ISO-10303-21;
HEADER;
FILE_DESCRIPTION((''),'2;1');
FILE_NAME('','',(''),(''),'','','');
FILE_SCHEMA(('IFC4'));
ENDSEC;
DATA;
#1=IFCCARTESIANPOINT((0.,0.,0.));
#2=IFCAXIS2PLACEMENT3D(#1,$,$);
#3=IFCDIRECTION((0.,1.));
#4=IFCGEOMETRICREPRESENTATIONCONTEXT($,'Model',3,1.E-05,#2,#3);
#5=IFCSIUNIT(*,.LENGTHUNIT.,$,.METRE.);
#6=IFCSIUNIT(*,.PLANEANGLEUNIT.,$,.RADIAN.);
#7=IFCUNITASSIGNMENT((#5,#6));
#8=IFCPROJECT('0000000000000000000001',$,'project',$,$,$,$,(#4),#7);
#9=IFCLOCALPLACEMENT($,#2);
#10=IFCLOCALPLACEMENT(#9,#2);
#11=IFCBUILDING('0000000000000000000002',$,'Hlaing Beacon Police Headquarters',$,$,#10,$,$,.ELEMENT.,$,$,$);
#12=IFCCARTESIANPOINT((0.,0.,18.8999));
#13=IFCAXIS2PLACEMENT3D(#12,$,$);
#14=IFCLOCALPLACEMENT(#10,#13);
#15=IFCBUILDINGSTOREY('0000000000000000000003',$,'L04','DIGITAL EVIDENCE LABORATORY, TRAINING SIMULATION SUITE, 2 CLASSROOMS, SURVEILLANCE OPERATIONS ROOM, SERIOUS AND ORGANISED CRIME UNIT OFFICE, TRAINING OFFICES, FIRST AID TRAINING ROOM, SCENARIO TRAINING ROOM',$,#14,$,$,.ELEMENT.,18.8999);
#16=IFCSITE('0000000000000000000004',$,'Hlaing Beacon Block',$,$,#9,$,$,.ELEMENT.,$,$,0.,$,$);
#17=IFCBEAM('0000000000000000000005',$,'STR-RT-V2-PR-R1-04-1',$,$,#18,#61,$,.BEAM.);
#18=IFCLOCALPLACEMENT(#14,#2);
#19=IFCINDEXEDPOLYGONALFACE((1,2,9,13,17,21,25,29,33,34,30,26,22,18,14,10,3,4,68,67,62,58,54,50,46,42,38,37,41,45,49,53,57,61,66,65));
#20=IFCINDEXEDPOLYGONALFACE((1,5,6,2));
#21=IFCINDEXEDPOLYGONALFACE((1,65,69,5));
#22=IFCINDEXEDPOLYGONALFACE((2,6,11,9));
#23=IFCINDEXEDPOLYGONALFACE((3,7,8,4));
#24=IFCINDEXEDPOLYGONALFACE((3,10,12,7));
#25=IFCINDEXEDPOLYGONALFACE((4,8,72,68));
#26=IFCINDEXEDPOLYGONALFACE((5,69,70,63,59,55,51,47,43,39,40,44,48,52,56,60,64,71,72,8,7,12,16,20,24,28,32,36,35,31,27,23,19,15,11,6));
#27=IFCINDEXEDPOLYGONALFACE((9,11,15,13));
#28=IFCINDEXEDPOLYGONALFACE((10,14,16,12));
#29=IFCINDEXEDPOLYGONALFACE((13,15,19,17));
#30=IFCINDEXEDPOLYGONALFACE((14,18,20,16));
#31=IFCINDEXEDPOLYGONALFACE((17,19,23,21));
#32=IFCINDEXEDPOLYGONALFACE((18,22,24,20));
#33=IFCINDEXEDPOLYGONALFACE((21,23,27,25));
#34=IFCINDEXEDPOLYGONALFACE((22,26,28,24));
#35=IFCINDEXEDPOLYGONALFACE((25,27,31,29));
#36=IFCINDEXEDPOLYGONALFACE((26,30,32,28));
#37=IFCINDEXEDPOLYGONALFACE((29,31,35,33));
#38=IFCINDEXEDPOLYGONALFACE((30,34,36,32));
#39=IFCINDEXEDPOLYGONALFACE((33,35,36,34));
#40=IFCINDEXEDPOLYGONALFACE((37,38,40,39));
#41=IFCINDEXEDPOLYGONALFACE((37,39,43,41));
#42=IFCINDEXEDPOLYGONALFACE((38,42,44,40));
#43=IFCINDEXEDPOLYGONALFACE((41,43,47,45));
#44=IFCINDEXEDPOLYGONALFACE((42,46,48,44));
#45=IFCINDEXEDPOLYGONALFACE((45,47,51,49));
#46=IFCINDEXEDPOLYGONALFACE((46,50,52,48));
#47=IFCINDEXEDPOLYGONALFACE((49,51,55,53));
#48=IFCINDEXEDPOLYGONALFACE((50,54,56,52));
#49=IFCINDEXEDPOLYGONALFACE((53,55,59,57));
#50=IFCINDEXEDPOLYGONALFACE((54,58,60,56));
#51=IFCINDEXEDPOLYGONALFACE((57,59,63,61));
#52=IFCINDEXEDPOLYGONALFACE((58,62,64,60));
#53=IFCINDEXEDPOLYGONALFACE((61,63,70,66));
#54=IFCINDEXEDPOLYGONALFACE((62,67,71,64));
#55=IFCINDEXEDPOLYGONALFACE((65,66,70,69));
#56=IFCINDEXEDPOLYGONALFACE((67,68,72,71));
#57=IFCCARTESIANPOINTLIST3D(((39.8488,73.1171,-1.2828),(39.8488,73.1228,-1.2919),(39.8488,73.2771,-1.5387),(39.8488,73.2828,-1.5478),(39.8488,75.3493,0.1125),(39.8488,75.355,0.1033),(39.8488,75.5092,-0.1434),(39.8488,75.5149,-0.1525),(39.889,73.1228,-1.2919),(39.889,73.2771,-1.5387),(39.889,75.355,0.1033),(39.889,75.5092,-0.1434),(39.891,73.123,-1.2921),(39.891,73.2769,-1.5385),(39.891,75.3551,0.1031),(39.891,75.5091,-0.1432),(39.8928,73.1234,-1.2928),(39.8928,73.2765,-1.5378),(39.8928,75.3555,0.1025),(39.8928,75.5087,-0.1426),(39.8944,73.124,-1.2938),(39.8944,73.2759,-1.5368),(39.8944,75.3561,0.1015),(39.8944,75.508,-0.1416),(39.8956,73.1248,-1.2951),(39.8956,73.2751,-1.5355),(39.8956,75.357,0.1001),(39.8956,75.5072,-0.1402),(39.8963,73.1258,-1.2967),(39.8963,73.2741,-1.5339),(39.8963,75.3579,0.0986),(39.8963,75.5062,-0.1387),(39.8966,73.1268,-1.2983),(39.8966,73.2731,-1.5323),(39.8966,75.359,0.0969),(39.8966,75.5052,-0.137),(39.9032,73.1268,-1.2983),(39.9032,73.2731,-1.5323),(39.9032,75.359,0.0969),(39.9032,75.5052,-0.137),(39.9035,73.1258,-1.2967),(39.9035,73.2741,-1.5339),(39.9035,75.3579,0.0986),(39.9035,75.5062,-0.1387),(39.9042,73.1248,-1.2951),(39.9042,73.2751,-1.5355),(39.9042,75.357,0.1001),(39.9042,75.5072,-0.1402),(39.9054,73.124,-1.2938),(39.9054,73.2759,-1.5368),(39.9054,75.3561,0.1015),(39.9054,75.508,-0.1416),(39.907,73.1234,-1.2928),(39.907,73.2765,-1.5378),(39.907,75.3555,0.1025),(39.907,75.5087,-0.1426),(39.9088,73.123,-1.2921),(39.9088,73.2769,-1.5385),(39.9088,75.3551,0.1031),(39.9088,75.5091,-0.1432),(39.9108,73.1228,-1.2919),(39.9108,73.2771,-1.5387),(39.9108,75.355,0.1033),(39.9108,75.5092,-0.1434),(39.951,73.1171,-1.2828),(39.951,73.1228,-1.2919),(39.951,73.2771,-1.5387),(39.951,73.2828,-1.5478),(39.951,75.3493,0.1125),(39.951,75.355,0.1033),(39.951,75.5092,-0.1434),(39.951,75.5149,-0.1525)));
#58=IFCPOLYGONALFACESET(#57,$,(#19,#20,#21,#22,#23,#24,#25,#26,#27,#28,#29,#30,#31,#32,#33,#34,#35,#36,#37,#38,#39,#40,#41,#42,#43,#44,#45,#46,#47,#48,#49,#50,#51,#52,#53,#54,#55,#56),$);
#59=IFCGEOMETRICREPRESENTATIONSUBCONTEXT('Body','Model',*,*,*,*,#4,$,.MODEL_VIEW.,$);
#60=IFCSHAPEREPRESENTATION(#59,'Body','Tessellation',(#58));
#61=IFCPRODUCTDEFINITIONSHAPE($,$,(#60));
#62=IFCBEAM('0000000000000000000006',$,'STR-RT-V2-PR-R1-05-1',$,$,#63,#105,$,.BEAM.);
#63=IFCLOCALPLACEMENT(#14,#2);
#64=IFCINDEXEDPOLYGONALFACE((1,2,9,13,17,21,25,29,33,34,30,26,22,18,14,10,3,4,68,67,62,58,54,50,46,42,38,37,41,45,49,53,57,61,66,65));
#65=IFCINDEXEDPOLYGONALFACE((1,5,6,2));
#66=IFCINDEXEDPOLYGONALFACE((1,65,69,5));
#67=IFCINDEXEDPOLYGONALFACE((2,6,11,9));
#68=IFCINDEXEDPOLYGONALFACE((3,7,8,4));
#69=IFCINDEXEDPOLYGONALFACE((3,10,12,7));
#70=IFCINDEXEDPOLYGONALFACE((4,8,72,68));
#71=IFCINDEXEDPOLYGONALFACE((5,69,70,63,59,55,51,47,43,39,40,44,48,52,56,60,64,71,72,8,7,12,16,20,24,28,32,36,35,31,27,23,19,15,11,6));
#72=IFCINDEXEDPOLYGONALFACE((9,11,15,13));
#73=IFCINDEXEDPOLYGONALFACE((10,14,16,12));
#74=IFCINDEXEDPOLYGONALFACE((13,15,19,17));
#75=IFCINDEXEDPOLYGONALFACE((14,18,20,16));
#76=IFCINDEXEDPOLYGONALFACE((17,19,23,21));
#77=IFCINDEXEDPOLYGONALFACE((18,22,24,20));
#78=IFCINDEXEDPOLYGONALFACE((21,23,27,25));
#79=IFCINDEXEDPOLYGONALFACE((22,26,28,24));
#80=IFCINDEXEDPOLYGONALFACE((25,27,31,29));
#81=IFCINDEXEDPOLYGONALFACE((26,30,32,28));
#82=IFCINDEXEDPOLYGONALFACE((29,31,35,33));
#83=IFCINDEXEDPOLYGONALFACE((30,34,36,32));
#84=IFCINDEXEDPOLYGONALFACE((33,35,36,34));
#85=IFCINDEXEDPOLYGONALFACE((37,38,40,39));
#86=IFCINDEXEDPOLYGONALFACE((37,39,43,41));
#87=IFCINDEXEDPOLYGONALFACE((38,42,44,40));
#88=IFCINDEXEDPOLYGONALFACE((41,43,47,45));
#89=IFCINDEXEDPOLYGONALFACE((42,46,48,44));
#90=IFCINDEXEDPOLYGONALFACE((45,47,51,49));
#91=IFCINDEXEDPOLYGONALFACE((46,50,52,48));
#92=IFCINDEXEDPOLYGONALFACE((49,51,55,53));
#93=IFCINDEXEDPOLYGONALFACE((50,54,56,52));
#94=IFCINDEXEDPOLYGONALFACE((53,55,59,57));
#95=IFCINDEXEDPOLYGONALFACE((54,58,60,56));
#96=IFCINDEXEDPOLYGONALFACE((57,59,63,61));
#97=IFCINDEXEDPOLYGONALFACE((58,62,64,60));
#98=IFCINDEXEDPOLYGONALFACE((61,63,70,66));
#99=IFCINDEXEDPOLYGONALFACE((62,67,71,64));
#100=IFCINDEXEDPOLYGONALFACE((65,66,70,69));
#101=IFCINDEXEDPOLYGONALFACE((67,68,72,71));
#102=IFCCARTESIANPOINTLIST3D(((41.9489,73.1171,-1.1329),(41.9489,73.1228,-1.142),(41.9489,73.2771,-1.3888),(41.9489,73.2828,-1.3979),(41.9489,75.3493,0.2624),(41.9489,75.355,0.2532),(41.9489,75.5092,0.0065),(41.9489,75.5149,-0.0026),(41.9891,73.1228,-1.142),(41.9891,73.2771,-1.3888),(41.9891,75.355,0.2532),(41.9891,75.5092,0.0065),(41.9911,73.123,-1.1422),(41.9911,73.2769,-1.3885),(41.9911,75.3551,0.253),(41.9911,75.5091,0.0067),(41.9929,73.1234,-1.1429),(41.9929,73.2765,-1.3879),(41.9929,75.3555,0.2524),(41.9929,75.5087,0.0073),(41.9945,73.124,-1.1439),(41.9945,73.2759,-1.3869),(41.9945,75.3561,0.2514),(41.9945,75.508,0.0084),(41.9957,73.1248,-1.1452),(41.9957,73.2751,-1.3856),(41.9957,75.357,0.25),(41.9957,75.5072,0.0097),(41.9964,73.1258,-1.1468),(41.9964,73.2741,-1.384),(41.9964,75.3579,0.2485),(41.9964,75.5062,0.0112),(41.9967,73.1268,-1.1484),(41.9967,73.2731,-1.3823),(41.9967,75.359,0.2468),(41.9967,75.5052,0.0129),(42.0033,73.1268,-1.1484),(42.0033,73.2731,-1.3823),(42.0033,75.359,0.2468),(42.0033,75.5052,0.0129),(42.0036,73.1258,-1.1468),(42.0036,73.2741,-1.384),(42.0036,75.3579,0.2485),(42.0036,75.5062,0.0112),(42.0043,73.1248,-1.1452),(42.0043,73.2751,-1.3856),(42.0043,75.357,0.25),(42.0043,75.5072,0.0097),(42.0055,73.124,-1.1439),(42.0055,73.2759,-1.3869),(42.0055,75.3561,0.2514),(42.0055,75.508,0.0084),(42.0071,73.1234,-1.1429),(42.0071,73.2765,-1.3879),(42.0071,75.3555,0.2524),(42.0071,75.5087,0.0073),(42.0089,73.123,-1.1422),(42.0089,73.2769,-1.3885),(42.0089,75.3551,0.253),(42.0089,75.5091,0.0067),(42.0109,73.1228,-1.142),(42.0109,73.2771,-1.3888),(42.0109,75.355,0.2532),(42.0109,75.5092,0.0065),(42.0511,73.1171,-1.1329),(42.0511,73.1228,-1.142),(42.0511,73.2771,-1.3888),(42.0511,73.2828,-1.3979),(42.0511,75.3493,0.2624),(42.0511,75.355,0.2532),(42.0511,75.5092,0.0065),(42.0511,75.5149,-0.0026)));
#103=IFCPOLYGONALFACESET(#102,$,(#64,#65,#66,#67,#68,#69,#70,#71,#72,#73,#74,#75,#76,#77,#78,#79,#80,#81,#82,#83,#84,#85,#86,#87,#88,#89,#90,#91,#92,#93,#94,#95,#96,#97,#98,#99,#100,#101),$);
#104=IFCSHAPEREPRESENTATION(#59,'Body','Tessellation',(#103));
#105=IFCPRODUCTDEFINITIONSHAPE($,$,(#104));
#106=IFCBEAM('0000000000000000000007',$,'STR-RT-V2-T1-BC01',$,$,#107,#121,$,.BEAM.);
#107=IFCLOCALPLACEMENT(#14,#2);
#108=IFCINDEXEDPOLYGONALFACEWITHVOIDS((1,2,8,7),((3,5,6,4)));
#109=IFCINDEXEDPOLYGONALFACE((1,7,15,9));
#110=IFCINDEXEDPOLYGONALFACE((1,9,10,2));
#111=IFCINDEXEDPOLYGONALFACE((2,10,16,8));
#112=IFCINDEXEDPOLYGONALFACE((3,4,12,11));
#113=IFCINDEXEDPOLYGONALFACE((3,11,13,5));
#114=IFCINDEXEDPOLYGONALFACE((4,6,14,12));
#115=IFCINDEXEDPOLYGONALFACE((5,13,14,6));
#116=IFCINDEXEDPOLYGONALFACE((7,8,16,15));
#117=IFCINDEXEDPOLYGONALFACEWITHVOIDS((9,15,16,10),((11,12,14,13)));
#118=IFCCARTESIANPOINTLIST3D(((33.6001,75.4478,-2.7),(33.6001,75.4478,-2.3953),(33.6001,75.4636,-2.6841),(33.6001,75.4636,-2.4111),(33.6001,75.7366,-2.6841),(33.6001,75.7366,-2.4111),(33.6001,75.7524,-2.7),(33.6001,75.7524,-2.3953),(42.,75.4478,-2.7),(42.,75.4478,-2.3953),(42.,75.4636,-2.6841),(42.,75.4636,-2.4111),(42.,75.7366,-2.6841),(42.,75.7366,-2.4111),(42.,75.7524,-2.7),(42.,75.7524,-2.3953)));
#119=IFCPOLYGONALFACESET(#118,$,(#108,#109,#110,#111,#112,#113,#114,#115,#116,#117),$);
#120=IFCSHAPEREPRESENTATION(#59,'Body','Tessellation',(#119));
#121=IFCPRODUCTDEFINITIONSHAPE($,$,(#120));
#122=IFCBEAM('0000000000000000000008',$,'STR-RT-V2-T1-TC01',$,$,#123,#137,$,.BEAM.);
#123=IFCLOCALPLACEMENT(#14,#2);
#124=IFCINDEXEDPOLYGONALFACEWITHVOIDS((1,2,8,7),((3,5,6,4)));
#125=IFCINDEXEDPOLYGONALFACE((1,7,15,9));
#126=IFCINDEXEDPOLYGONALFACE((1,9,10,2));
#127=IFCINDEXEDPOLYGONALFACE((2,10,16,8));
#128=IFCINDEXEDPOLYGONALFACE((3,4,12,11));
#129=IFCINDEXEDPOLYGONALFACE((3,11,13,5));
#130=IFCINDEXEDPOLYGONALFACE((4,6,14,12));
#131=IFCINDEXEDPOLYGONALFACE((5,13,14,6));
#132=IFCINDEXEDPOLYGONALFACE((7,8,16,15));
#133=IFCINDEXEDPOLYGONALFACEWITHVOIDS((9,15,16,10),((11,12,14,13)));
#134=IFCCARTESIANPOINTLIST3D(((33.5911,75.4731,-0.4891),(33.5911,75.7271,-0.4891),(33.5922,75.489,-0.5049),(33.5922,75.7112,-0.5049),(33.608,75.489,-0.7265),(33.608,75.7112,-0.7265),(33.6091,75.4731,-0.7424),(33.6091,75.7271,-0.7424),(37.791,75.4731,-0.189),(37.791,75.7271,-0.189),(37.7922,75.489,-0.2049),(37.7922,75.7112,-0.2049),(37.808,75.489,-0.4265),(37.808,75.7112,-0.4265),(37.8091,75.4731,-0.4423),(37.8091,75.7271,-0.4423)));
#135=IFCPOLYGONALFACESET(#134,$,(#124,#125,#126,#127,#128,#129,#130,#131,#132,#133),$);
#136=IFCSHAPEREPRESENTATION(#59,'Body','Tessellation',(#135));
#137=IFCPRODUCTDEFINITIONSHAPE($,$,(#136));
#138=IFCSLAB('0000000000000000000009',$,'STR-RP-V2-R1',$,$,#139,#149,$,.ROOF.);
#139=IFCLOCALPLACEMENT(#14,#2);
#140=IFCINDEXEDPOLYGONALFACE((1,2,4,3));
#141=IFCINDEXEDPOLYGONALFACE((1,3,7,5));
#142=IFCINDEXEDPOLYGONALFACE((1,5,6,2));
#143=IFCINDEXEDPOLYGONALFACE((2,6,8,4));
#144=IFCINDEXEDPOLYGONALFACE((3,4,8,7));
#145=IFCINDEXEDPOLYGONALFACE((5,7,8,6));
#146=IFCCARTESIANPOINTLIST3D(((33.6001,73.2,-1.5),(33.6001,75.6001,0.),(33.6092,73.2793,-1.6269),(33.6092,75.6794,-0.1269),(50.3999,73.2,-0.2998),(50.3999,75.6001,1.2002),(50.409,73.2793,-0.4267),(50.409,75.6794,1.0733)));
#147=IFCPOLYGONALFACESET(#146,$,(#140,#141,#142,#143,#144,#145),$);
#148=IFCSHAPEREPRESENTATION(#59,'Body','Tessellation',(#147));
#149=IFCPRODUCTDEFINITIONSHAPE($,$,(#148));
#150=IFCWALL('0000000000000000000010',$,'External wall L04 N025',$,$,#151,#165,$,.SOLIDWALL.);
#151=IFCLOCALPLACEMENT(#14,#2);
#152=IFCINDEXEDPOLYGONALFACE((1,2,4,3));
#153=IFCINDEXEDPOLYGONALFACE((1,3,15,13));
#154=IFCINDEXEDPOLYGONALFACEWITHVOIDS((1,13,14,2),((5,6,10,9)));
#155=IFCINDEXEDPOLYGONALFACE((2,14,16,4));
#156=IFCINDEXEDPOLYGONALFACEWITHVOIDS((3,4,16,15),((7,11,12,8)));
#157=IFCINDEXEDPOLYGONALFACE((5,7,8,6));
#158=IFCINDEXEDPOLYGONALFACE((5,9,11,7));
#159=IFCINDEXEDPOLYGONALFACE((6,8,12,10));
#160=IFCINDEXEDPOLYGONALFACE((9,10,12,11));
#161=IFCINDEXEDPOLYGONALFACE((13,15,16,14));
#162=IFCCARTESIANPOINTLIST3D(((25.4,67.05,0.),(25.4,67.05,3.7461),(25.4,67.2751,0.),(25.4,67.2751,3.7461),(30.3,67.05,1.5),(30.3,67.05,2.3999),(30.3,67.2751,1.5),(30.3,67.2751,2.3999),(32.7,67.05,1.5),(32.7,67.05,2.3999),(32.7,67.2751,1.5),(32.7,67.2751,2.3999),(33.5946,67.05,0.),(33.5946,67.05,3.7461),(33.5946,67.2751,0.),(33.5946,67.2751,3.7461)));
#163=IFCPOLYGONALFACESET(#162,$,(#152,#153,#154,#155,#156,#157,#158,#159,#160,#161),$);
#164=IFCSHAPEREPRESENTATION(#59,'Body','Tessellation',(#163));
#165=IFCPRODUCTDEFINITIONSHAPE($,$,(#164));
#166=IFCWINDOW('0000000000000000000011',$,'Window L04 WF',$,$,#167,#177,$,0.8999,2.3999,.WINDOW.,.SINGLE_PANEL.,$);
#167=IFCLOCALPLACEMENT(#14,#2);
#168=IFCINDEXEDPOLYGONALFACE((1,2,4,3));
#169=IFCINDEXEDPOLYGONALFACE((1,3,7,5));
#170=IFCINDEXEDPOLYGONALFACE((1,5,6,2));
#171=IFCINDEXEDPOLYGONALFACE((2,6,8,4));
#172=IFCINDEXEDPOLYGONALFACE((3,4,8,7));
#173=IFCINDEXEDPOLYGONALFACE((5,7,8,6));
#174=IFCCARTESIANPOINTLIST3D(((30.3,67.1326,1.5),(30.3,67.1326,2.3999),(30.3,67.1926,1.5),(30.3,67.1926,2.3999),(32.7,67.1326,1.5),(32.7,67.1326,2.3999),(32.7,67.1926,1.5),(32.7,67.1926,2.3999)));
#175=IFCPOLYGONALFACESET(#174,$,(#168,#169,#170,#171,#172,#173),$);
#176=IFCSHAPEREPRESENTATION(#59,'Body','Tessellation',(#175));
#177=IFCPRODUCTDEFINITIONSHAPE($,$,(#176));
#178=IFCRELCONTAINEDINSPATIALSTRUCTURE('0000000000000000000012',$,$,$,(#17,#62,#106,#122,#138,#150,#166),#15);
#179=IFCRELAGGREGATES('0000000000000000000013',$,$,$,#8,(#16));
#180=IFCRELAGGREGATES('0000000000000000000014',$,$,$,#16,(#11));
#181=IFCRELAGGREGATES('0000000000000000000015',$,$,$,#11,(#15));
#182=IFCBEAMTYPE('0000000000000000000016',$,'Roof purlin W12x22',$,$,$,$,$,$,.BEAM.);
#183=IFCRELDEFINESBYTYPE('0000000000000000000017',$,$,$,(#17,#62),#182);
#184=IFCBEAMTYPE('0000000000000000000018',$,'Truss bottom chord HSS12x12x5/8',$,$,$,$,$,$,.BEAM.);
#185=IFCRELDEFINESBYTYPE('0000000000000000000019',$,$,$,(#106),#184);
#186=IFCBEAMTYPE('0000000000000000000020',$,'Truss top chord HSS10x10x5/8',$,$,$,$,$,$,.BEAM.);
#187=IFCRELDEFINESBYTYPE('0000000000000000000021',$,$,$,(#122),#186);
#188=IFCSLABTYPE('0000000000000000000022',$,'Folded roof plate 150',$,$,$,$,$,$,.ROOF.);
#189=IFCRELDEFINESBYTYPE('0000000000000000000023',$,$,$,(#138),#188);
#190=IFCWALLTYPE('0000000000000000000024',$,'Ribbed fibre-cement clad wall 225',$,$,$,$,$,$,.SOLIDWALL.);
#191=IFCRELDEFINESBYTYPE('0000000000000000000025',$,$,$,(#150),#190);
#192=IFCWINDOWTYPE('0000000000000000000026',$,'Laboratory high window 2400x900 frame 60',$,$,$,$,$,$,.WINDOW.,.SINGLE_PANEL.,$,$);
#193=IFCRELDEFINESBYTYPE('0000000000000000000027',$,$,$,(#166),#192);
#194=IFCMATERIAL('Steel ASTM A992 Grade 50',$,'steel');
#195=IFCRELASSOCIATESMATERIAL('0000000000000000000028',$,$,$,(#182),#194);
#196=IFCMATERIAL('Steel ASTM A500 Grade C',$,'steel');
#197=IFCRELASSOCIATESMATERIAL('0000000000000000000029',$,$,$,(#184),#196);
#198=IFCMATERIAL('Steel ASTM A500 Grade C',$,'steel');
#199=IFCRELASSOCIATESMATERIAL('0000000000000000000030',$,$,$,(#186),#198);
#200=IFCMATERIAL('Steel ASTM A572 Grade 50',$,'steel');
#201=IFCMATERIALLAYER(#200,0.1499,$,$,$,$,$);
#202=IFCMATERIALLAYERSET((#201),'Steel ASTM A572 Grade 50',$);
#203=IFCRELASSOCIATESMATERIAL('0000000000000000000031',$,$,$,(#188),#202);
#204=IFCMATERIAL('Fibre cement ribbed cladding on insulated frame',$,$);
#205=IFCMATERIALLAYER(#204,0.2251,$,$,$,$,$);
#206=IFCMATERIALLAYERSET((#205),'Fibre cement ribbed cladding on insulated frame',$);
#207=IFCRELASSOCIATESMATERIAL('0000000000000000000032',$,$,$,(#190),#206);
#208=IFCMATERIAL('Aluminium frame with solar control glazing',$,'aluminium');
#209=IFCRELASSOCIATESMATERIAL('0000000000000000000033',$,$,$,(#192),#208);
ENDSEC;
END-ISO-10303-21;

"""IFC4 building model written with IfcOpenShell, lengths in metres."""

from ifc_helpers import new_model, si_unit, direction, frame, frame_2d, origin, origin_2d, place, context, subcontext, project, spatial, polyline, rectangle, hollow_rectangle, i_section, outline, extrude, material, layer, layer_set, material_profile, profile_set, type_object, element, fill, save


model = new_model("IFC4")

# Units and contexts
model_context = context("Model", 3, precision=1e-05, world=origin(), true_north=direction((0.0, 1.0)))
body_context = subcontext(model_context, "Body", "Model", "MODEL_VIEW")
ifc_project = project(units=[si_unit("LENGTHUNIT", "METRE"), si_unit("PLANEANGLEUNIT", "RADIAN")], contexts=[model_context])

# Site, building, storey
site_placement = place(None, origin())
site = spatial("IfcSite", under=ifc_project, at=site_placement, Name="Hlaing Beacon Block", CompositionType="ELEMENT", RefElevation=0.0)
building_placement = place(site_placement, origin())
building = spatial("IfcBuilding", under=site, at=building_placement, Name="Hlaing Beacon Police Headquarters", CompositionType="ELEMENT")
storey_placement = place(building_placement, frame((0.0, 0.0, 18.8999)))
storey = spatial("IfcBuildingStorey", under=building, at=storey_placement, Name="L04", Description="DIGITAL EVIDENCE LABORATORY, TRAINING SIMULATION SUITE, 2 CLASSROOMS, SURVEILLANCE OPERATIONS ROOM, SERIOUS AND ORGANISED CRIME UNIT OFFICE, TRAINING OFFICES, FIRST AID TRAINING ROOM, SCENARIO TRAINING ROOM", CompositionType="ELEMENT", Elevation=18.8999)

# Beams
ifc_material_1 = material(Name="Steel ASTM A992 Grade 50", Category="steel")
ifc_material_profile_1 = material_profile(ifc_material_1, i_section(OverallWidth=0.1023, OverallDepth=0.3125, WebThickness=0.0066, FlangeThickness=0.0107, FilletRadius=0.0076, at=origin_2d()), Name="W12x22")
ifc_profile_set_1 = profile_set([ifc_material_profile_1], Name="Steel ASTM A992 Grade 50")
beam_type_1 = type_object("IfcBeamType", Name="Roof purlin W12x22", PredefinedType="BEAM", material=ifc_profile_set_1)
for number, where, z_axis, x_axis, name in (
    (1, (39.8999, 73.2, -1.4153), (0.0, 0.847972, 0.530041), (-1.0, 0.0, 0.0), "STR-RT-V2-PR-R1-04-1"),
    (2, (42.0, 73.2, -1.2654), (0.0, 0.847972, 0.530041), (-1.0, 0.0, 0.0), "STR-RT-V2-PR-R1-05-1"),
):
    element("IfcBeam", number, at=place(storey_placement, frame(where, z_axis=z_axis, x_axis=x_axis)), inside=storey, type_object=beam_type_1, Name=name, PredefinedType="BEAM", context=body_context, shape_type="SweptSolid", body=[
        extrude(i_section(OverallWidth=0.1023, OverallDepth=0.3125, WebThickness=0.0066, FlangeThickness=0.0107, FilletRadius=0.0076, at=origin_2d()), origin(), (0.0, 0.0, 1.0), 2.6323),
    ])
ifc_material_2 = material(Name="Steel ASTM A500 Grade C", Category="steel")
ifc_material_profile_2 = material_profile(ifc_material_2, hollow_rectangle(XDim=0.3047, YDim=0.3047, WallThickness=0.0159, at=origin_2d()), Name="HSS12x12x5/8")
ifc_profile_set_2 = profile_set([ifc_material_profile_2], Name="Steel ASTM A500 Grade C")
beam_type_2 = type_object("IfcBeamType", Name="Truss bottom chord HSS12x12x5/8", PredefinedType="BEAM", material=ifc_profile_set_2)
beam_1_placement = place(storey_placement, frame((33.6001, 75.6001, -2.5476), z_axis=(1.0, 0.0, 0.0), x_axis=(0.0, 1.0, 0.0)))
element("IfcBeam", 3, at=beam_1_placement, inside=storey, type_object=beam_type_2, Name="STR-RT-V2-T1-BC01", PredefinedType="BEAM", context=body_context, shape_type="SweptSolid", body=[
    extrude(hollow_rectangle(XDim=0.3047, YDim=0.3047, WallThickness=0.0159, at=origin_2d()), origin(), (0.0, 0.0, 1.0), 8.3999),
])
ifc_material_3 = material(Name="Steel ASTM A500 Grade C", Category="steel")
ifc_material_profile_3 = material_profile(ifc_material_3, hollow_rectangle(XDim=0.2539, YDim=0.2539, WallThickness=0.0159, at=origin_2d()), Name="HSS10x10x5/8")
ifc_profile_set_3 = profile_set([ifc_material_profile_3], Name="Steel ASTM A500 Grade C")
beam_type_3 = type_object("IfcBeamType", Name="Truss top chord HSS10x10x5/8", PredefinedType="BEAM", material=ifc_profile_set_3)
beam_2_placement = place(storey_placement, frame((33.6001, 75.6001, -0.6157), z_axis=(0.997458, 0.0, 0.071259), x_axis=(0.0, 1.0, 0.0)))
element("IfcBeam", 4, at=beam_2_placement, inside=storey, type_object=beam_type_3, Name="STR-RT-V2-T1-TC01", PredefinedType="BEAM", context=body_context, shape_type="SweptSolid", body=[
    extrude(hollow_rectangle(XDim=0.2539, YDim=0.2539, WallThickness=0.0159, at=origin_2d()), origin(), (0.0, 0.0, 1.0), 4.2107),
])

# Slab
ifc_material_4 = material(Name="Steel ASTM A572 Grade 50", Category="steel")
ifc_layer_1 = layer(ifc_material_4, 0.1499)
ifc_layer_set_1 = layer_set([ifc_layer_1], Name="Steel ASTM A572 Grade 50")
slab_type = type_object("IfcSlabType", Name="Folded roof plate 150", PredefinedType="ROOF", material=ifc_layer_set_1)
slab_placement = place(storey_placement, frame((33.6001, 73.2, -1.5), z_axis=(-0.060472, -0.529006, 0.846461), x_axis=(0.997458, 0.0, 0.071259)))
element("IfcSlab", 5, at=slab_placement, inside=storey, type_object=slab_type, Name="STR-RP-V2-R1", PredefinedType="ROOF", context=body_context, shape_type="SweptSolid", body=[
    extrude(outline(polyline([(0.0, 0.0), (16.8426, 0.0), (16.9495, 2.8283), (0.1069, 2.8283), (0.0, 0.0)])), origin(), (0.0, 0.0, -1.0), 0.1499),
])

# Wall, opening, window
ifc_material_5 = material(Name="Fibre cement ribbed cladding on insulated frame")
ifc_layer_2 = layer(ifc_material_5, 0.2251)
ifc_layer_set_2 = layer_set([ifc_layer_2], Name="Fibre cement ribbed cladding on insulated frame")
wall_type = type_object("IfcWallType", Name="Ribbed fibre-cement clad wall 225", PredefinedType="SOLIDWALL", material=ifc_layer_set_2)
wall_placement = place(storey_placement, frame((33.5945, 67.1626, 0.0), z_axis=(0.0, 0.0, 1.0), x_axis=(-1.0, 0.0, 0.0)))
wall = element("IfcWall", 6, at=wall_placement, inside=storey, type_object=wall_type, Name="External wall L04 N025", PredefinedType="SOLIDWALL", context=body_context, shape_type="SweptSolid", body=[
    extrude(rectangle(XDim=8.1946, YDim=0.2251, at=frame_2d((4.0972, 0.0))), origin(), (0.0, 0.0, 1.0), 3.7461),
])
opening_placement = place(wall_placement, frame((0.8945, 0.0, 1.5)))
opening = element("IfcOpeningElement", 7, at=opening_placement, cuts=wall, PredefinedType="OPENING", context=body_context, shape_type="SweptSolid", body=[
    extrude(rectangle(XDim=2.3999, YDim=0.8999, at=frame_2d((1.2, 0.45))), frame((0.0, 0.1226, 0.0), z_axis=(0.0, -1.0, 0.0), x_axis=(1.0, 0.0, 0.0)), (0.0, 0.0, 1.0), 0.2451),
])
ifc_material_6 = material(Name="Aluminium frame with solar control glazing", Category="aluminium")
window_type = type_object("IfcWindowType", Name="Laboratory high window 2400x900 frame 60", PartitioningType="SINGLE_PANEL", PredefinedType="WINDOW", material=ifc_material_6)
window_placement = place(opening_placement, origin())
window = element("IfcWindow", 8, at=window_placement, inside=storey, type_object=window_type, Name="Window L04 WF", OverallHeight=0.8999, OverallWidth=2.3999, PartitioningType="SINGLE_PANEL", PredefinedType="WINDOW", context=body_context, shape_type="SweptSolid", body=[
    extrude(rectangle(XDim=2.3999, YDim=0.8999, at=frame_2d((1.2, 0.45))), frame((0.0, 0.03, 0.0), z_axis=(0.0, -1.0, 0.0), x_axis=(1.0, 0.0, 0.0)), (0.0, 0.0, 1.0), 0.0601),
])
fill(opening, window)

save(model, "model.ifc")
